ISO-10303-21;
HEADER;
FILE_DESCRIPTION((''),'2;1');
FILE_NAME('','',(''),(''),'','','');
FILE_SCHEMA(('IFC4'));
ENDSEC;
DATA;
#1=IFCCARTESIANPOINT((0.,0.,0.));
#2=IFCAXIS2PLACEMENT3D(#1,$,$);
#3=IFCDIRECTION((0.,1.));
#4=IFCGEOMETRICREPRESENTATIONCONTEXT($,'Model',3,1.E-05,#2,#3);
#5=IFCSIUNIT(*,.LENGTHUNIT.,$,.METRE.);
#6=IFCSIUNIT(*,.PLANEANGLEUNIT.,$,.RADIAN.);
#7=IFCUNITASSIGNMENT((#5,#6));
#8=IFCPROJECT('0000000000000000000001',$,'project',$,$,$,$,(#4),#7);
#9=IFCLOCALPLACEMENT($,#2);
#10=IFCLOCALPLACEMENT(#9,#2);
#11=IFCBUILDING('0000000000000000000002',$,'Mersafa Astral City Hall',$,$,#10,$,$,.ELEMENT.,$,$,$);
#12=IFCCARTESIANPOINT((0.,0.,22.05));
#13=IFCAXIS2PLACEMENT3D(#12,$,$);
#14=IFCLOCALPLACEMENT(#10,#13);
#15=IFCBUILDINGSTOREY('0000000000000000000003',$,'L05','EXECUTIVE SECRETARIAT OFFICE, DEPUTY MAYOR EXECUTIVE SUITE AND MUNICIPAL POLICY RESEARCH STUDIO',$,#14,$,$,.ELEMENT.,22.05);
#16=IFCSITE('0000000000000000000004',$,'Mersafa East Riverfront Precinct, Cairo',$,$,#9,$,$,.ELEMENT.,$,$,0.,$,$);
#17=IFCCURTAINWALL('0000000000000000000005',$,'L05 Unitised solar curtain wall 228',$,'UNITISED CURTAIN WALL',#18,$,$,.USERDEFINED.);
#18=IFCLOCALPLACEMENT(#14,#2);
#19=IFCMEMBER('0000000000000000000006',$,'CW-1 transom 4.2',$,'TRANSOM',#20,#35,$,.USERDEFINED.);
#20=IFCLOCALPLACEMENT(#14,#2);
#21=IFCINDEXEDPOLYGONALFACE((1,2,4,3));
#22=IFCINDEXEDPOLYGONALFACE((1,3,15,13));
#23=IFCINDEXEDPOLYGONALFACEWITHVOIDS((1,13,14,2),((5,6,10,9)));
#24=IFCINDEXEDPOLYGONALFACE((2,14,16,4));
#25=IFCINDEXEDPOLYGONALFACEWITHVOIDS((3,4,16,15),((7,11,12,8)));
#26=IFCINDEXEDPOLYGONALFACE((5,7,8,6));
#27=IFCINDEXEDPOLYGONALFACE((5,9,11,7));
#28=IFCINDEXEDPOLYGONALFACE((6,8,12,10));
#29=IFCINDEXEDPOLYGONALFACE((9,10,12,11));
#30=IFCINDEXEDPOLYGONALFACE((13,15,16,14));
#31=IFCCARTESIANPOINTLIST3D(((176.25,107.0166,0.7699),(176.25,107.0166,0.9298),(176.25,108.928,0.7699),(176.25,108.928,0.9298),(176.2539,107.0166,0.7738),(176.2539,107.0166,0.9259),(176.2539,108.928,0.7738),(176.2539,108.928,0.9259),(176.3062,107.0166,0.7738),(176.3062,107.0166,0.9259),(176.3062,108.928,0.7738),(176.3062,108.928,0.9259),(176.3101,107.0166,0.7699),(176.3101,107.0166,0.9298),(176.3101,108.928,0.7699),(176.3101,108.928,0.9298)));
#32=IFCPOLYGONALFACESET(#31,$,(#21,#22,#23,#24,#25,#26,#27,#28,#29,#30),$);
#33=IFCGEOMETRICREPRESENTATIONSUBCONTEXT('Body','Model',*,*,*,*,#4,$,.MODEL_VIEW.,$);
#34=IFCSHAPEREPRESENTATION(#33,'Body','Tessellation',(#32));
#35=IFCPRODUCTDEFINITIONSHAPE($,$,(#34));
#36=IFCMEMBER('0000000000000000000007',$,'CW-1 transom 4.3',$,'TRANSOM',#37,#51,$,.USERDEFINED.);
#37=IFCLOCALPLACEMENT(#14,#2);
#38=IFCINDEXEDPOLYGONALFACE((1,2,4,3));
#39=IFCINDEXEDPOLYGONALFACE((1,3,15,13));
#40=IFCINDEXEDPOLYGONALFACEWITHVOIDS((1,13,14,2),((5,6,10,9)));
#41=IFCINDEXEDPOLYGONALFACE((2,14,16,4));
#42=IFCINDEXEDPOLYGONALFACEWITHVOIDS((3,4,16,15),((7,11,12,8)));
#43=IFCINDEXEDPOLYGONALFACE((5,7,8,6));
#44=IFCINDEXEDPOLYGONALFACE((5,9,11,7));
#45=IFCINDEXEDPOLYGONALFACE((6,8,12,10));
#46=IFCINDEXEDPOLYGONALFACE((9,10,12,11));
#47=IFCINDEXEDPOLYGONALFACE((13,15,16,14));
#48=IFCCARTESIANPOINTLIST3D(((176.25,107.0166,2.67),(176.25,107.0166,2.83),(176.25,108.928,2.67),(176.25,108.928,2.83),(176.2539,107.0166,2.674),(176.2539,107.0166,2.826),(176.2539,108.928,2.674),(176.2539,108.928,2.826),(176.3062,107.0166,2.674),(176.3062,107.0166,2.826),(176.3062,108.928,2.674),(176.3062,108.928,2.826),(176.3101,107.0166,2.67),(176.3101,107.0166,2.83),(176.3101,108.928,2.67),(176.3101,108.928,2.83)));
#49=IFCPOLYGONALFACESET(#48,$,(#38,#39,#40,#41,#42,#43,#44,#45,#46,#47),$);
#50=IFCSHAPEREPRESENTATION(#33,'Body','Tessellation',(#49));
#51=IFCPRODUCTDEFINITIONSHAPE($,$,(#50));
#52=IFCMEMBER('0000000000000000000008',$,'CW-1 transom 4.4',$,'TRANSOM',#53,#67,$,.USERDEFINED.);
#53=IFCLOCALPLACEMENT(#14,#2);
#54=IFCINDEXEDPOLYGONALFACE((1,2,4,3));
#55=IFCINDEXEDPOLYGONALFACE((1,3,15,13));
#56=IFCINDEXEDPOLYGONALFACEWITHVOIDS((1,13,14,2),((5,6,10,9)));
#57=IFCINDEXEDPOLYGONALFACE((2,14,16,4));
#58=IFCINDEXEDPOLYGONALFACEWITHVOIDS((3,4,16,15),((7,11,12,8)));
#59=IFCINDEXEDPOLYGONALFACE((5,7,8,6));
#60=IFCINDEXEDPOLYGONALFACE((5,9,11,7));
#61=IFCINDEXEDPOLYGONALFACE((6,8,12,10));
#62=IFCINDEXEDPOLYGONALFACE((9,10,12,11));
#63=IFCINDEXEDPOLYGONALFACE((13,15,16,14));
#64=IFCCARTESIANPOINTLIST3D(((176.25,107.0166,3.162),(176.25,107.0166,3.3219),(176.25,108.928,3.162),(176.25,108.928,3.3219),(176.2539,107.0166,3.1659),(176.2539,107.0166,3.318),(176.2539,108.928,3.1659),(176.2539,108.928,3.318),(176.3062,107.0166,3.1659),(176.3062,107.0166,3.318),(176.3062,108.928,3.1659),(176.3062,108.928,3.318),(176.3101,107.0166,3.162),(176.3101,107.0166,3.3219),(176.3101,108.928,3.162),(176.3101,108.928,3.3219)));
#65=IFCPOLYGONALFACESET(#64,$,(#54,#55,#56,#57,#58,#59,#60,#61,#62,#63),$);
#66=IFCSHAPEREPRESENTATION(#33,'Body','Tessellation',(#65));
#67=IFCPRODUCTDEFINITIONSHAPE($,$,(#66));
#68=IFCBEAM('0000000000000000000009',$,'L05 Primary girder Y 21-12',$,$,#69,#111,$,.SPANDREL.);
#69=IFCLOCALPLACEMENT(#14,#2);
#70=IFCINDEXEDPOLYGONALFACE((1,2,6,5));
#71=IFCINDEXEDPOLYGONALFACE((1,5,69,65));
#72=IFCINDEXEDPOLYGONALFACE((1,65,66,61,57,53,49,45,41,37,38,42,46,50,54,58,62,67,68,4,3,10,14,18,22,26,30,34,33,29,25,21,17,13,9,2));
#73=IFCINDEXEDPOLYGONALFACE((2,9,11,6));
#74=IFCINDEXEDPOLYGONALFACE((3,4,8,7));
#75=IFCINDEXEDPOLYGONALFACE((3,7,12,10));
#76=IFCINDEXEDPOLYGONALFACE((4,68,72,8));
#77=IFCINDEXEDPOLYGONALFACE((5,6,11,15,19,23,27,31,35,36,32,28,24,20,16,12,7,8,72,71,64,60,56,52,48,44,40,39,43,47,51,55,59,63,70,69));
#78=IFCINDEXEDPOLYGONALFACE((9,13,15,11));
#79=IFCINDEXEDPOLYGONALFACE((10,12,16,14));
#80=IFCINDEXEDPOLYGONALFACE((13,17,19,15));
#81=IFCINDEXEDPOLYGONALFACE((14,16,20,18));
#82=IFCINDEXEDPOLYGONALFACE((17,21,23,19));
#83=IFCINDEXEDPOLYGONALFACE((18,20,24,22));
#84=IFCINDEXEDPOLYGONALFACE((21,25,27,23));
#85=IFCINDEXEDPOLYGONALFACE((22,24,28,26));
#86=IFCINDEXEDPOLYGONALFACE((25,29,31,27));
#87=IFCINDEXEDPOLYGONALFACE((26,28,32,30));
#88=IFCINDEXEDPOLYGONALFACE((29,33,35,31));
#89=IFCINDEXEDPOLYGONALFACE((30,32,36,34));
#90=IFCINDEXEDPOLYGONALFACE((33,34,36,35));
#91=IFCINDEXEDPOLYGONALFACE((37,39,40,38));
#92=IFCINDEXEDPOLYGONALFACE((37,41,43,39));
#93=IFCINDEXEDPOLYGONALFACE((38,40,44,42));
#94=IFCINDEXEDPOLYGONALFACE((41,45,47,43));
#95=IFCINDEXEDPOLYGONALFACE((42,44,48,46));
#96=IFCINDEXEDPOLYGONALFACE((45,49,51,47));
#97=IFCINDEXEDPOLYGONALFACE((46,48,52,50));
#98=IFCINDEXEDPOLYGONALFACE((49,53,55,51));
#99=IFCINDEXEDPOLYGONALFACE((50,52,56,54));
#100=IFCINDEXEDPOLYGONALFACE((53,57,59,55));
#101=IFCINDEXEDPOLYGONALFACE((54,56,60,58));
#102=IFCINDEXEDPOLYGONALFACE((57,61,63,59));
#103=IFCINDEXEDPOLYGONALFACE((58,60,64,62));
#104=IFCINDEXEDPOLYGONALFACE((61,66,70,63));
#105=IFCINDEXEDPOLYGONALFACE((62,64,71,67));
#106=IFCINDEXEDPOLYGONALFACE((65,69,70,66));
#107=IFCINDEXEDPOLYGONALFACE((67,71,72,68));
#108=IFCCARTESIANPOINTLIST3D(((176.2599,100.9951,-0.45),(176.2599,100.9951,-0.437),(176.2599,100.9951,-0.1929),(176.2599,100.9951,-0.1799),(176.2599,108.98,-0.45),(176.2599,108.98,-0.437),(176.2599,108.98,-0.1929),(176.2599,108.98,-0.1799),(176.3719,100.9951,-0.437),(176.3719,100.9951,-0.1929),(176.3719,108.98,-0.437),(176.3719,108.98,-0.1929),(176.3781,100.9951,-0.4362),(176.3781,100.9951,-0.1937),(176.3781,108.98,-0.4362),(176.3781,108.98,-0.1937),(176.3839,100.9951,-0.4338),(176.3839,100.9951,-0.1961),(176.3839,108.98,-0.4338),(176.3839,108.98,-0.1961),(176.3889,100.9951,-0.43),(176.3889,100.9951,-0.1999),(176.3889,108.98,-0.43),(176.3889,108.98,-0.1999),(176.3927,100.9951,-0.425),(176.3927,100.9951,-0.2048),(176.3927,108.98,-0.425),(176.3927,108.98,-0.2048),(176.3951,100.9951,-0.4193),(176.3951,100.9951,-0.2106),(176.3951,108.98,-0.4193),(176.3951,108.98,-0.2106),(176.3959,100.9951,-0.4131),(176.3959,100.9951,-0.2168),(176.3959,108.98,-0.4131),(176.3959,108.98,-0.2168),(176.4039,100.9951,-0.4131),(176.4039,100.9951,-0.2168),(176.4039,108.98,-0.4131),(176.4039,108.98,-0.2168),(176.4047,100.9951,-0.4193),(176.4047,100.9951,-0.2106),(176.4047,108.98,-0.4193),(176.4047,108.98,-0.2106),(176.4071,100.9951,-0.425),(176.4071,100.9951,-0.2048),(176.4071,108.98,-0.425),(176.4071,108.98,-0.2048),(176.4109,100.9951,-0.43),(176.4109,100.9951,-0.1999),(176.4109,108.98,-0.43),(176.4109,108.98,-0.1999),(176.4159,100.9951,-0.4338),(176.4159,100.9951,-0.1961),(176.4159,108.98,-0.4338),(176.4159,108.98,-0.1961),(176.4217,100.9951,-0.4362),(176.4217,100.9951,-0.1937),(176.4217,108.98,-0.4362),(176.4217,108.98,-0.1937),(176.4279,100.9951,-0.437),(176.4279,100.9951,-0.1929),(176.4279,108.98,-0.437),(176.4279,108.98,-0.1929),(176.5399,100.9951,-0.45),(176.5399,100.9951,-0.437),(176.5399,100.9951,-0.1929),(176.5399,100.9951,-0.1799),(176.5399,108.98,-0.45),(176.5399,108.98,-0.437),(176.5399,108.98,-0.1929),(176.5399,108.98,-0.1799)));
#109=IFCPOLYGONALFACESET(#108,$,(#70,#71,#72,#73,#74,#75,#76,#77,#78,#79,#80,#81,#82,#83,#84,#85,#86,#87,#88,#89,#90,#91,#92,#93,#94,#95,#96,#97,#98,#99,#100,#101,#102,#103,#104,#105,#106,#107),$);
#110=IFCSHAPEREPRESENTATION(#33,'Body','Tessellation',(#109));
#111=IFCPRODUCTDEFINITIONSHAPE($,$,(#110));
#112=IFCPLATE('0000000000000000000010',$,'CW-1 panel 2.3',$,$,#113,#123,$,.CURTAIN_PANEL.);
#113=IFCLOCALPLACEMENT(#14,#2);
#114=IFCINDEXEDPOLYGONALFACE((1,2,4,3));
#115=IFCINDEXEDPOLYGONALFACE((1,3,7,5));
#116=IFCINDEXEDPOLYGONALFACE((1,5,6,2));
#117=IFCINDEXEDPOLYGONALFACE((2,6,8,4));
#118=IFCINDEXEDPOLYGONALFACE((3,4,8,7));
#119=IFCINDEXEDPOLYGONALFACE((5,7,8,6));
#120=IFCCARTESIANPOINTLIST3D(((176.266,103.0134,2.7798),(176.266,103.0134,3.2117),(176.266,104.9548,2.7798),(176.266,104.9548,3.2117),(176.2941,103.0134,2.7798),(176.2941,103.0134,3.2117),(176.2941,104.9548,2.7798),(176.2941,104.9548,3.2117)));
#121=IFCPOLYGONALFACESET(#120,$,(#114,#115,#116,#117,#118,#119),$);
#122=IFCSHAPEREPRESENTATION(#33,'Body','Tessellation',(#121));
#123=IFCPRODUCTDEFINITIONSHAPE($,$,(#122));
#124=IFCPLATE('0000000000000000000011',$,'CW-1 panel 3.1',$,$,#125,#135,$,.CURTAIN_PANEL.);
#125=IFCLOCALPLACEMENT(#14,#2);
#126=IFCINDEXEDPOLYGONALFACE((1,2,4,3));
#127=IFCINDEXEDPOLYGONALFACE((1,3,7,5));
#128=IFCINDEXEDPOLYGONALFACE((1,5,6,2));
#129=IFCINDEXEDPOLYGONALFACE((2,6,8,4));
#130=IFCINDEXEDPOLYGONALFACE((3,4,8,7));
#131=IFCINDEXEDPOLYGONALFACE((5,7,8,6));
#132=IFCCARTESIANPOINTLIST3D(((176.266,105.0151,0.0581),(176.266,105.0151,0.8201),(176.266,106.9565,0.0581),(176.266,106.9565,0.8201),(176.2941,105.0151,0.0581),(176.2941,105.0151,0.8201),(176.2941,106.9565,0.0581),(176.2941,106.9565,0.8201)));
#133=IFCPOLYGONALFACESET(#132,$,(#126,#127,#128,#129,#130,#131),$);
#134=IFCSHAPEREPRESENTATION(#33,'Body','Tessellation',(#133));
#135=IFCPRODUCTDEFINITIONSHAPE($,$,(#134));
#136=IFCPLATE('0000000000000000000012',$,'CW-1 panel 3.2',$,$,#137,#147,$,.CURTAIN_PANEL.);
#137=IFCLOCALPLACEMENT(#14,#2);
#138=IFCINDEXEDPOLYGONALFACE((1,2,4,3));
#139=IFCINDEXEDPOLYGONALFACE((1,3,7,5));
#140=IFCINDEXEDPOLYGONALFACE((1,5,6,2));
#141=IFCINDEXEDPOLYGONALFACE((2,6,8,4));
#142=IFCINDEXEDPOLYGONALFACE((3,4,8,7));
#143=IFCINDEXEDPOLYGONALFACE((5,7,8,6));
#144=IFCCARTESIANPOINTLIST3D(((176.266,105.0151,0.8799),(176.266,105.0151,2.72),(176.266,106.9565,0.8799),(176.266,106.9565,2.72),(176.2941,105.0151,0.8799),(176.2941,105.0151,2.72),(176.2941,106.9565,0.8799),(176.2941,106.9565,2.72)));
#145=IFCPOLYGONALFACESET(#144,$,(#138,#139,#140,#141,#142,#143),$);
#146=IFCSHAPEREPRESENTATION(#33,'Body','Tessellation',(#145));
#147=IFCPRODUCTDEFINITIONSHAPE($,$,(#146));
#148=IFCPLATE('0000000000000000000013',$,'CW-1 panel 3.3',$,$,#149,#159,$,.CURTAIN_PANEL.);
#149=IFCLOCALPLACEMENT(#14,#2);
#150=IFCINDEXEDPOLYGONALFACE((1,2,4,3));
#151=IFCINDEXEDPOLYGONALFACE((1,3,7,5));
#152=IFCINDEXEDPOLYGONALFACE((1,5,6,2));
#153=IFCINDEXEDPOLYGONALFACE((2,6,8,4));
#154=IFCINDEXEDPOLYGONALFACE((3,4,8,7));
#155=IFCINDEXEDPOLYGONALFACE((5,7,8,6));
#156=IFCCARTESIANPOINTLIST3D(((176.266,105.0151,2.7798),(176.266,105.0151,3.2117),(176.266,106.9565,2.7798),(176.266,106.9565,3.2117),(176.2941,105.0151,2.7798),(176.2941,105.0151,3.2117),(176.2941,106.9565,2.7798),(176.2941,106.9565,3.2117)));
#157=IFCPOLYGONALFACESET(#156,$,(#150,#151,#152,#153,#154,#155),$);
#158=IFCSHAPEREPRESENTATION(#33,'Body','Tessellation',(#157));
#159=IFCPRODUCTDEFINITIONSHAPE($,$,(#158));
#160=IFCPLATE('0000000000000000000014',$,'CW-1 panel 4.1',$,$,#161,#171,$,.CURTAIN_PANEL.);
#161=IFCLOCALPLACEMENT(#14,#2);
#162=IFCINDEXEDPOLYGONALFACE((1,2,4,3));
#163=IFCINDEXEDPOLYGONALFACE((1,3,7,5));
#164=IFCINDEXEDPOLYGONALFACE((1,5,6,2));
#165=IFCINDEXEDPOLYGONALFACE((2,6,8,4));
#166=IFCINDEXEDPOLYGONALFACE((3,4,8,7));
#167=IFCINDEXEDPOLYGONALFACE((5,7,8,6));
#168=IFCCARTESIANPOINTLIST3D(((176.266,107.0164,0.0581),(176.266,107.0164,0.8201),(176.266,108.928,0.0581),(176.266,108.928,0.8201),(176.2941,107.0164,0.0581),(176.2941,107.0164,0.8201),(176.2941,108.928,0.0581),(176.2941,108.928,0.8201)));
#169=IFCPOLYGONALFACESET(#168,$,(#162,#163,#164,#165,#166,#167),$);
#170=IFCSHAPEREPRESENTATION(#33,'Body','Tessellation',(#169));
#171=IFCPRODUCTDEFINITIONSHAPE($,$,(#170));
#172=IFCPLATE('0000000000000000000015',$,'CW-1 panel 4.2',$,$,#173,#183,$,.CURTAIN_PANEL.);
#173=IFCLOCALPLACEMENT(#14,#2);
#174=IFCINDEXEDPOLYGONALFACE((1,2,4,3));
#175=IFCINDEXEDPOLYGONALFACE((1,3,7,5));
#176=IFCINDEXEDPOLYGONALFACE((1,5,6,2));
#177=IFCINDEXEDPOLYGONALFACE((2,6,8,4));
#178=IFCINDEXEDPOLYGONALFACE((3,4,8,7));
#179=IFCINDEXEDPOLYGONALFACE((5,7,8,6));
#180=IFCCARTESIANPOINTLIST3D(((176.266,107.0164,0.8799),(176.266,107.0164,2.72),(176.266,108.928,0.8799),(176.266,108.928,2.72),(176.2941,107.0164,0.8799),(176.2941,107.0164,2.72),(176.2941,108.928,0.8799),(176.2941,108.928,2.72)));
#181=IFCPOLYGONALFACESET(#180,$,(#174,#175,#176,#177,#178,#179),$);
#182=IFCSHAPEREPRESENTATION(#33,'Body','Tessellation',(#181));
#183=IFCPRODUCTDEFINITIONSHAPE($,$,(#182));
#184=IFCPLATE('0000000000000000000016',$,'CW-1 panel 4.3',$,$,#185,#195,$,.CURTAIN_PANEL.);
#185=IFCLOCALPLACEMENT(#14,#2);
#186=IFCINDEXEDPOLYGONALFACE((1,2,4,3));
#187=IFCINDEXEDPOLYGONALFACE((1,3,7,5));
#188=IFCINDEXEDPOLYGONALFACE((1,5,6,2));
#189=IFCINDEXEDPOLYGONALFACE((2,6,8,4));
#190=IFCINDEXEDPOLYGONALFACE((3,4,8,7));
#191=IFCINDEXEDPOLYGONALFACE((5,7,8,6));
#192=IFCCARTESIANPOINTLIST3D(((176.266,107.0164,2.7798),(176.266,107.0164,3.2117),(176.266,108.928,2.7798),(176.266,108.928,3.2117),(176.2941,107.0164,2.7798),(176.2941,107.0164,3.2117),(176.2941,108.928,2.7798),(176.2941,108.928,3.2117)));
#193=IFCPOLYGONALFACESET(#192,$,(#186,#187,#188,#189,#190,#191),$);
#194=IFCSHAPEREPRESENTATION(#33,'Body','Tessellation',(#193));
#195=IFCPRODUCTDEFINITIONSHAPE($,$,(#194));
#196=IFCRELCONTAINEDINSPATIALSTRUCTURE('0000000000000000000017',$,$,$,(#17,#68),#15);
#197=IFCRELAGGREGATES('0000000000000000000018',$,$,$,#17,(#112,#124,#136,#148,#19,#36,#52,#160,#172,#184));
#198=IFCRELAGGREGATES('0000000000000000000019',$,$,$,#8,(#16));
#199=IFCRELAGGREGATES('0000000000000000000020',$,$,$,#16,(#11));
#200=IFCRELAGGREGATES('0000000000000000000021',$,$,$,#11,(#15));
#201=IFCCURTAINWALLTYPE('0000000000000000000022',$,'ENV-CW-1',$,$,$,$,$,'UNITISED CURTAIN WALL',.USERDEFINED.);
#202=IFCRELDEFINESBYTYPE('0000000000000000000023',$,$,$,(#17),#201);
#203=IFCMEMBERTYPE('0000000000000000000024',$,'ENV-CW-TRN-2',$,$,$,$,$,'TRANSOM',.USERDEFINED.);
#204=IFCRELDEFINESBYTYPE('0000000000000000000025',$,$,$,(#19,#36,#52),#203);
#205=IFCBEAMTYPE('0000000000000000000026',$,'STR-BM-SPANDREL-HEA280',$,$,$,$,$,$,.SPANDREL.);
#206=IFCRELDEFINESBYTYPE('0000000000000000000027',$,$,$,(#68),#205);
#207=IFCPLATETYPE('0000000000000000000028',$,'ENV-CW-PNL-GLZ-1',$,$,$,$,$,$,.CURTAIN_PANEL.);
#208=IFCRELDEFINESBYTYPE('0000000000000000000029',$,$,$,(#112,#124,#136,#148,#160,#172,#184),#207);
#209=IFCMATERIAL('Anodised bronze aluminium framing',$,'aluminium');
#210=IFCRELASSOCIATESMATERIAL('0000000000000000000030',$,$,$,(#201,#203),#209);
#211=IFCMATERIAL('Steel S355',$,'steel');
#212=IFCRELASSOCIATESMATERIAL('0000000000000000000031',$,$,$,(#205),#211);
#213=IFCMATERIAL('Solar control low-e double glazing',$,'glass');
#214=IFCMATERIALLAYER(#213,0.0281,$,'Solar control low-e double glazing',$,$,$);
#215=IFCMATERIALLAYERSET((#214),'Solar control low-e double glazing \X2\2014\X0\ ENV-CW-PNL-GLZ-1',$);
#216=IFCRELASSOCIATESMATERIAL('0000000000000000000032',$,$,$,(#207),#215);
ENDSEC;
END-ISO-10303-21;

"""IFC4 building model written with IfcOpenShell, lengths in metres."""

from ifc_helpers import new_model, si_unit, direction, frame, origin, origin_2d, place, context, subcontext, project, spatial, rectangle, hollow_rectangle, i_section, extrude, material, layer, layer_set, material_profile, profile_set, type_object, element, aggregate, save


model = new_model("IFC4")

# Units and contexts
model_context = context("Model", 3, precision=1e-05, world=origin(), true_north=direction((0.0, 1.0)))
body_context = subcontext(model_context, "Body", "Model", "MODEL_VIEW")
ifc_project = project(units=[si_unit("LENGTHUNIT", "METRE"), si_unit("PLANEANGLEUNIT", "RADIAN")], contexts=[model_context])

# Site, building, storey
site_placement = place(None, origin())
site = spatial("IfcSite", under=ifc_project, at=site_placement, Name="Mersafa East Riverfront Precinct, Cairo", CompositionType="ELEMENT", RefElevation=0.0)
building_placement = place(site_placement, origin())
building = spatial("IfcBuilding", under=site, at=building_placement, Name="Mersafa Astral City Hall", CompositionType="ELEMENT")
storey_placement = place(building_placement, frame((0.0, 0.0, 22.05)))
storey = spatial("IfcBuildingStorey", under=building, at=storey_placement, Name="L05", Description="EXECUTIVE SECRETARIAT OFFICE, DEPUTY MAYOR EXECUTIVE SUITE AND MUNICIPAL POLICY RESEARCH STUDIO", CompositionType="ELEMENT", Elevation=22.05)

# Shared definitions
ifc_material_1 = material(Name="Steel S355", Category="steel")

# Curtain wall, members
ifc_material_2 = material(Name="Anodised bronze aluminium framing", Category="aluminium")
curtain_wall_type = type_object("IfcCurtainWallType", Name="ENV-CW-1", ElementType="UNITISED CURTAIN WALL", PredefinedType="USERDEFINED", material=ifc_material_2)
curtain_wall_placement = place(storey_placement, origin())
curtain_wall = element("IfcCurtainWall", 1, at=curtain_wall_placement, inside=storey, type_object=curtain_wall_type, Name="L05 Unitised solar curtain wall 228", ObjectType="UNITISED CURTAIN WALL", PredefinedType="USERDEFINED")
ifc_material_profile_1 = material_profile(ifc_material_2, hollow_rectangle(XDim=0.0601, YDim=0.1599, WallThickness=0.0039, at=origin_2d()), Name="RHS 60x160x4")
ifc_profile_set_1 = profile_set([ifc_material_profile_1], Name="Anodised bronze aluminium framing")
member_type_1 = type_object("IfcMemberType", Name="ENV-CW-TRN-2", ElementType="TRANSOM", PredefinedType="USERDEFINED", material=ifc_profile_set_1)
member_1_placement = place(storey_placement, frame((176.28, 107.0166, 0.8499), z_axis=(0.0, 1.0, 0.0), x_axis=(-1.0, 0.0, 0.0)))
member_1 = element("IfcMember", 2, at=member_1_placement, type_object=member_type_1, Name="CW-1 transom 4.2", ObjectType="TRANSOM", PredefinedType="USERDEFINED", context=body_context, shape_type="SweptSolid", body=[
    extrude(hollow_rectangle(XDim=0.0601, YDim=0.1599, WallThickness=0.0039, at=origin_2d()), origin(), (0.0, 0.0, 1.0), 1.9114),
])
member_2_placement = place(storey_placement, frame((176.28, 107.0166, 2.75), z_axis=(0.0, 1.0, 0.0), x_axis=(-1.0, 0.0, 0.0)))
member_2 = element("IfcMember", 3, at=member_2_placement, type_object=member_type_1, Name="CW-1 transom 4.3", ObjectType="TRANSOM", PredefinedType="USERDEFINED", context=body_context, shape_type="SweptSolid", body=[
    extrude(hollow_rectangle(XDim=0.0601, YDim=0.1599, WallThickness=0.0039, at=origin_2d()), origin(), (0.0, 0.0, 1.0), 1.9114),
])
member_3_placement = place(storey_placement, frame((176.28, 107.0166, 3.2419), z_axis=(0.0, 1.0, 0.0), x_axis=(-1.0, 0.0, 0.0)))
member_3 = element("IfcMember", 4, at=member_3_placement, type_object=member_type_1, Name="CW-1 transom 4.4", ObjectType="TRANSOM", PredefinedType="USERDEFINED", context=body_context, shape_type="SweptSolid", body=[
    extrude(hollow_rectangle(XDim=0.0601, YDim=0.1599, WallThickness=0.0039, at=origin_2d()), origin(), (0.0, 0.0, 1.0), 1.9114),
])

# Beam
ifc_material_profile_2 = material_profile(ifc_material_1, i_section(OverallWidth=0.28, OverallDepth=0.27, WebThickness=0.0081, FlangeThickness=0.0129, FilletRadius=0.0239, at=origin_2d()), Name="HEA 280")
ifc_profile_set_2 = profile_set([ifc_material_profile_2], Name="Steel S355")
beam_type = type_object("IfcBeamType", Name="STR-BM-SPANDREL-HEA280", PredefinedType="SPANDREL", material=ifc_profile_set_2)
beam_placement = place(storey_placement, frame((176.3999, 100.9951, -0.3149), z_axis=(0.0, 1.0, 0.0), x_axis=(-1.0, 0.0, 0.0)))
element("IfcBeam", 5, at=beam_placement, inside=storey, type_object=beam_type, Name="L05 Primary girder Y 21-12", PredefinedType="SPANDREL", context=body_context, shape_type="SweptSolid", body=[
    extrude(i_section(OverallWidth=0.28, OverallDepth=0.27, WebThickness=0.0081, FlangeThickness=0.0129, FilletRadius=0.0239, at=origin_2d()), origin(), (0.0, 0.0, 1.0), 7.9849),
])

# Plates
ifc_material_3 = material(Name="Solar control low-e double glazing", Category="glass")
ifc_layer = layer(ifc_material_3, 0.0281, Name="Solar control low-e double glazing")
ifc_layer_set = layer_set([ifc_layer], Name="Solar control low-e double glazing — ENV-CW-PNL-GLZ-1")
plate_type = type_object("IfcPlateType", Name="ENV-CW-PNL-GLZ-1", PredefinedType="CURTAIN_PANEL", material=ifc_layer_set)
plate_1_placement = place(storey_placement, frame((176.28, 103.9841, 2.7798), z_axis=(0.0, 0.0, 1.0), x_axis=(0.0, 1.0, 0.0)))
plate_1 = element("IfcPlate", 6, at=plate_1_placement, type_object=plate_type, Name="CW-1 panel 2.3", PredefinedType="CURTAIN_PANEL", context=body_context, shape_type="SweptSolid", body=[
    extrude(rectangle(XDim=1.9414, YDim=0.0281, at=origin_2d()), origin(), (0.0, 0.0, 1.0), 0.4319),
])
plate_2_placement = place(storey_placement, frame((176.28, 105.9858, 0.0581), z_axis=(0.0, 0.0, 1.0), x_axis=(0.0, 1.0, 0.0)))
plate_2 = element("IfcPlate", 7, at=plate_2_placement, type_object=plate_type, Name="CW-1 panel 3.1", PredefinedType="CURTAIN_PANEL", context=body_context, shape_type="SweptSolid", body=[
    extrude(rectangle(XDim=1.9414, YDim=0.0281, at=origin_2d()), origin(), (0.0, 0.0, 1.0), 0.762),
])
plate_3_placement = place(storey_placement, frame((176.28, 105.9858, 0.8799), z_axis=(0.0, 0.0, 1.0), x_axis=(0.0, 1.0, 0.0)))
plate_3 = element("IfcPlate", 8, at=plate_3_placement, type_object=plate_type, Name="CW-1 panel 3.2", PredefinedType="CURTAIN_PANEL", context=body_context, shape_type="SweptSolid", body=[
    extrude(rectangle(XDim=1.9414, YDim=0.0281, at=origin_2d()), origin(), (0.0, 0.0, 1.0), 1.8401),
])
plate_4_placement = place(storey_placement, frame((176.28, 105.9858, 2.7798), z_axis=(0.0, 0.0, 1.0), x_axis=(0.0, 1.0, 0.0)))
plate_4 = element("IfcPlate", 9, at=plate_4_placement, type_object=plate_type, Name="CW-1 panel 3.3", PredefinedType="CURTAIN_PANEL", context=body_context, shape_type="SweptSolid", body=[
    extrude(rectangle(XDim=1.9414, YDim=0.0281, at=origin_2d()), origin(), (0.0, 0.0, 1.0), 0.4319),
])
plate_5_placement = place(storey_placement, frame((176.28, 107.9722, 0.0581), z_axis=(0.0, 0.0, 1.0), x_axis=(0.0, 1.0, 0.0)))
plate_5 = element("IfcPlate", 10, at=plate_5_placement, type_object=plate_type, Name="CW-1 panel 4.1", PredefinedType="CURTAIN_PANEL", context=body_context, shape_type="SweptSolid", body=[
    extrude(rectangle(XDim=1.9116, YDim=0.0281, at=origin_2d()), origin(), (0.0, 0.0, 1.0), 0.762),
])
plate_6_placement = place(storey_placement, frame((176.28, 107.9722, 0.8799), z_axis=(0.0, 0.0, 1.0), x_axis=(0.0, 1.0, 0.0)))
plate_6 = element("IfcPlate", 11, at=plate_6_placement, type_object=plate_type, Name="CW-1 panel 4.2", PredefinedType="CURTAIN_PANEL", context=body_context, shape_type="SweptSolid", body=[
    extrude(rectangle(XDim=1.9116, YDim=0.0281, at=origin_2d()), origin(), (0.0, 0.0, 1.0), 1.8401),
])
plate_7_placement = place(storey_placement, frame((176.28, 107.9722, 2.7798), z_axis=(0.0, 0.0, 1.0), x_axis=(0.0, 1.0, 0.0)))
plate_7 = element("IfcPlate", 12, at=plate_7_placement, type_object=plate_type, Name="CW-1 panel 4.3", PredefinedType="CURTAIN_PANEL", context=body_context, shape_type="SweptSolid", body=[
    extrude(rectangle(XDim=1.9116, YDim=0.0281, at=origin_2d()), origin(), (0.0, 0.0, 1.0), 0.4319),
])
aggregate(curtain_wall, [plate_1, plate_2, plate_3, plate_4, member_1, member_2, member_3, plate_5, plate_6, plate_7])

save(model, "model.ifc")
